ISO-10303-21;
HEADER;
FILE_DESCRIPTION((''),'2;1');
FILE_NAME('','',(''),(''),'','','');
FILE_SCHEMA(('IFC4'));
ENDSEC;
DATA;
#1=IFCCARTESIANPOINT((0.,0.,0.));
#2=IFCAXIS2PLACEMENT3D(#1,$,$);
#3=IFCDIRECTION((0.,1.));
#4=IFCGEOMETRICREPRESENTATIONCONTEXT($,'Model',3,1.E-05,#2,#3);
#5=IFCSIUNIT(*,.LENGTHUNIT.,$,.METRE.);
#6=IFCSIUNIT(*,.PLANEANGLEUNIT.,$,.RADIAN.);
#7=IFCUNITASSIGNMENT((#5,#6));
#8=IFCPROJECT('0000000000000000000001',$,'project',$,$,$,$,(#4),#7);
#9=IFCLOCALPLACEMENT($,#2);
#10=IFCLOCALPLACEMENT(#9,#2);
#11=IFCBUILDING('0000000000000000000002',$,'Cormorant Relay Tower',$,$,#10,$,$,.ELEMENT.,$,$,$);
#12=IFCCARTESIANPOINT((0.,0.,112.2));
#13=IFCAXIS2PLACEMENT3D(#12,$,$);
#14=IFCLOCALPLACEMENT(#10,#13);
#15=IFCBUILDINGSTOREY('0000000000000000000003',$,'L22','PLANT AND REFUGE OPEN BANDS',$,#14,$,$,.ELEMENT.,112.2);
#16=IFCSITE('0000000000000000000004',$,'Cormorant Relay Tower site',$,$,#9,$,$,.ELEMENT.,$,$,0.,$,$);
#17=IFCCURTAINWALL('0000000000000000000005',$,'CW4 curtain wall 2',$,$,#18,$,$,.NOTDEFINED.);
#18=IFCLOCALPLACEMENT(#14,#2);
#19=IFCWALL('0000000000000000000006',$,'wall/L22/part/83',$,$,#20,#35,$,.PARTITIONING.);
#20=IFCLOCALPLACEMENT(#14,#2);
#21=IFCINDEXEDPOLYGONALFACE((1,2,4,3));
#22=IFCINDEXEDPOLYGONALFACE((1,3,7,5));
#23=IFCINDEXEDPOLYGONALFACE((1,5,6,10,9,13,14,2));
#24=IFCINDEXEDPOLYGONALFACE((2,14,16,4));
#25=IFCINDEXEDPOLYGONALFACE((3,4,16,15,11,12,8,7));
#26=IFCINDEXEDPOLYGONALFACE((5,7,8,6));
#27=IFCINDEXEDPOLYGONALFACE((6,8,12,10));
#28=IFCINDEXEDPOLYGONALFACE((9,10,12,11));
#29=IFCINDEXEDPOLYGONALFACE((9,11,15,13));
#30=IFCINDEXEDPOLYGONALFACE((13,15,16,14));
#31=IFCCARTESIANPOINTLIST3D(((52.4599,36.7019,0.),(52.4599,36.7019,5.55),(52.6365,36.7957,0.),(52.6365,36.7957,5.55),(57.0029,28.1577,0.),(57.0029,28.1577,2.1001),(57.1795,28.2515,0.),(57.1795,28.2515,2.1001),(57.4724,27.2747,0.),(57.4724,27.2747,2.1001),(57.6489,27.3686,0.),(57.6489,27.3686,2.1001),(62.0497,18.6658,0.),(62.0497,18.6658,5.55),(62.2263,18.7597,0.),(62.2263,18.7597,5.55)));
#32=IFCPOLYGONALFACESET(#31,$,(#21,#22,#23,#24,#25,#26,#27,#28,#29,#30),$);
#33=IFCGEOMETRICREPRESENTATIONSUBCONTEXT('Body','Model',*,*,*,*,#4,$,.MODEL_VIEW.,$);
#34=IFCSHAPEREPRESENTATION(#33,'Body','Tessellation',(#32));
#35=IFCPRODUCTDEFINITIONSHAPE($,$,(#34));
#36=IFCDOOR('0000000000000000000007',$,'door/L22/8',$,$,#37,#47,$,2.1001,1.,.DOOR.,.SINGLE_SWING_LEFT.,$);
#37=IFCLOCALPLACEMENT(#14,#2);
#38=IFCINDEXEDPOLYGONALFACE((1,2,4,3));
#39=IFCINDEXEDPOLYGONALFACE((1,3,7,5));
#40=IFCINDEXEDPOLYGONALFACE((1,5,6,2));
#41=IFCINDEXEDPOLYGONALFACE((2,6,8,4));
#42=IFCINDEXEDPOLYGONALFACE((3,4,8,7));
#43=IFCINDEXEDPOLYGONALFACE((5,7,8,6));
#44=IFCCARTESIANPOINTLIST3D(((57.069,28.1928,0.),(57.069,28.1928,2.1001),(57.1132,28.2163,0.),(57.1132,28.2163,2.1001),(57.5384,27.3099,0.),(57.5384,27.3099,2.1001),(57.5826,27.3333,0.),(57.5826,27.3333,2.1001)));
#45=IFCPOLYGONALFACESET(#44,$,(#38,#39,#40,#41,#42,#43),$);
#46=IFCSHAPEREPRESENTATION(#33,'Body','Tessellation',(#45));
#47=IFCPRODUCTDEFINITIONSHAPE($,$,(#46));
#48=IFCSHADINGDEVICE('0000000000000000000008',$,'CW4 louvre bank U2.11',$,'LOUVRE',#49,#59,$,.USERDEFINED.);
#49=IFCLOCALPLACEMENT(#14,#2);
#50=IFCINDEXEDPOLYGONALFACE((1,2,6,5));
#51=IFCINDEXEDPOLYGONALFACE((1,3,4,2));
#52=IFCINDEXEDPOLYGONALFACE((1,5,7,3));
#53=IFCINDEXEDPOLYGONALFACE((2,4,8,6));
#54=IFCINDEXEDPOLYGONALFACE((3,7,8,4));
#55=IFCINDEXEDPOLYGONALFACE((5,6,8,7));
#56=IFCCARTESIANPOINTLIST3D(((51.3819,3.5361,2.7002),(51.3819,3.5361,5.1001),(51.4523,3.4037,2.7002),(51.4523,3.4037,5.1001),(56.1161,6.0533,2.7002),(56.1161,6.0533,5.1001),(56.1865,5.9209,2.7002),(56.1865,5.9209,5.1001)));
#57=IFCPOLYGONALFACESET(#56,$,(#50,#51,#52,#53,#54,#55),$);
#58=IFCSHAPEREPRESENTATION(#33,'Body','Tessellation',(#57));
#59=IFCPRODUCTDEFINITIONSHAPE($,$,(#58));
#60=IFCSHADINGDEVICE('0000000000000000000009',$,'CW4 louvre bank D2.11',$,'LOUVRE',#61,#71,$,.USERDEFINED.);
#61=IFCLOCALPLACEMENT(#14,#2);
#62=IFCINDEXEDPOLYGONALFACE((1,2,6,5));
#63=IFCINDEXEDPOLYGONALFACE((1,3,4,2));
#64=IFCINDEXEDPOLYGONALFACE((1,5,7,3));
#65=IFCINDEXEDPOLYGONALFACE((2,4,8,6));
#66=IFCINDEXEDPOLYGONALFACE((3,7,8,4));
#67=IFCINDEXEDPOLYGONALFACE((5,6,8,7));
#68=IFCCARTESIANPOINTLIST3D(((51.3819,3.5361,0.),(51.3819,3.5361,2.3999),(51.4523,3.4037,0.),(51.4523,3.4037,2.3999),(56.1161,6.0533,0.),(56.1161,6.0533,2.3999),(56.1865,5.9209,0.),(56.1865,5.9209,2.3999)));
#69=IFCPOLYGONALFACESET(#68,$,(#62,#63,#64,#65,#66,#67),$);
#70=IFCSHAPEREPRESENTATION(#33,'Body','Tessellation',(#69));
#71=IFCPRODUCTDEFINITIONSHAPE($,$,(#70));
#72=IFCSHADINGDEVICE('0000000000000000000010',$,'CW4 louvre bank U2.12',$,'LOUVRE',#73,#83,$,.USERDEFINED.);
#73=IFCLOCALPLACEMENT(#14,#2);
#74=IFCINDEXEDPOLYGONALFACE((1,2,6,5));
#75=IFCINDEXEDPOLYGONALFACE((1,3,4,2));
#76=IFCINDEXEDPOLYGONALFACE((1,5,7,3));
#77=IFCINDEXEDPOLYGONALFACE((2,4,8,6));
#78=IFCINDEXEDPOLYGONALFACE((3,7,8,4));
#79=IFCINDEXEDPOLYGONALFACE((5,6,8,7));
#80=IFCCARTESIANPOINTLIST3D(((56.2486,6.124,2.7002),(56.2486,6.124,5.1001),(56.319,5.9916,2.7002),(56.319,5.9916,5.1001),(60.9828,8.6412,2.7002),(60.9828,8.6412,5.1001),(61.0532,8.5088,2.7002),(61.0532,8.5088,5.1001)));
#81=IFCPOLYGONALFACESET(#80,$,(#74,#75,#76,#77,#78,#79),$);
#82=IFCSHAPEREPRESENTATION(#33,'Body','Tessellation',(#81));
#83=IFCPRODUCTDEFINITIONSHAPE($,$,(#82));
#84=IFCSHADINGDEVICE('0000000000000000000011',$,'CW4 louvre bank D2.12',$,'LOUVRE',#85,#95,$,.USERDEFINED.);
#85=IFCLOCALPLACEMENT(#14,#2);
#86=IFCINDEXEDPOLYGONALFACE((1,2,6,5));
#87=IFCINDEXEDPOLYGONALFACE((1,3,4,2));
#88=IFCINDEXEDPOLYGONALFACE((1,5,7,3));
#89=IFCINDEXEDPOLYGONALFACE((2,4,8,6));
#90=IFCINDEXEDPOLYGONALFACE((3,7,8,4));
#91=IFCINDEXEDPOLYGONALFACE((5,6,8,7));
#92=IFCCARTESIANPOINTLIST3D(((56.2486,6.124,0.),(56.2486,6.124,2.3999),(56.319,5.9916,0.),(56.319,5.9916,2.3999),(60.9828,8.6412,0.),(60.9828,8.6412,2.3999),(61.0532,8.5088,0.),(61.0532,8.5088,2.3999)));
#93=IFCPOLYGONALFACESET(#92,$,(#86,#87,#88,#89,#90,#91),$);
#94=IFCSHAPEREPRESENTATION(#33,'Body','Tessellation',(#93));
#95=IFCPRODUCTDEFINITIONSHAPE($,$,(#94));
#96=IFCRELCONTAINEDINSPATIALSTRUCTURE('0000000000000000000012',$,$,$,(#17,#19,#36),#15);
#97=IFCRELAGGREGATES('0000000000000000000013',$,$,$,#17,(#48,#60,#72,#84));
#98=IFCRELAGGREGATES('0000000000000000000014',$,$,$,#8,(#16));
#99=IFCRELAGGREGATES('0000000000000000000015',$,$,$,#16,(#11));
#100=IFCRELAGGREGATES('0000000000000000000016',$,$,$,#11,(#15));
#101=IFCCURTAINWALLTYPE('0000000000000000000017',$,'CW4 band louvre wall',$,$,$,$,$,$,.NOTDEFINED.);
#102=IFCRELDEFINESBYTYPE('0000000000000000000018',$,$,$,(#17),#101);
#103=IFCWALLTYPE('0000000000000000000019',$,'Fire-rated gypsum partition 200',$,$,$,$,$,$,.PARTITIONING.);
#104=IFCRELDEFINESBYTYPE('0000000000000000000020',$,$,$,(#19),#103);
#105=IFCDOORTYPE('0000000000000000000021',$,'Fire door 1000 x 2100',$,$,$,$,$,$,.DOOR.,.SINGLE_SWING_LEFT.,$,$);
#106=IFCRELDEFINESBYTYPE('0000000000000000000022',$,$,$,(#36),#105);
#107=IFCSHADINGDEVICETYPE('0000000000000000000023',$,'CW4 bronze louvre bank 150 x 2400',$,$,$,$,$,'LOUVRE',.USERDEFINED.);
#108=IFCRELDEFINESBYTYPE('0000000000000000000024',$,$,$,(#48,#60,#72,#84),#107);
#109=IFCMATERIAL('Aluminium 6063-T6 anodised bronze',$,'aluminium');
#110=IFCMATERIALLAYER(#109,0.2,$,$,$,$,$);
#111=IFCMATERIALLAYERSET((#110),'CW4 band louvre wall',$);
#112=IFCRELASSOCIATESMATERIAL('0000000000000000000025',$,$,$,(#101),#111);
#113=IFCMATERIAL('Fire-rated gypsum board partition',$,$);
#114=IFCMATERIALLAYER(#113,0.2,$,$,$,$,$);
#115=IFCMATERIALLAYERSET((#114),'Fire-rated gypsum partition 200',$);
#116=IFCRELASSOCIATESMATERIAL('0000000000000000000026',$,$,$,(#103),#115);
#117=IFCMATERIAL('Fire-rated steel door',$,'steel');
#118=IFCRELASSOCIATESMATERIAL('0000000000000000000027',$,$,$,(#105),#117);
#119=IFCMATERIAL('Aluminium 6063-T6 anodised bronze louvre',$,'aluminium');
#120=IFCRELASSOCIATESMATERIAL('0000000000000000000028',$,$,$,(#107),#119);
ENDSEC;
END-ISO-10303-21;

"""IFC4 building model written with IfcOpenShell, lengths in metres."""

from ifc_helpers import new_model, si_unit, direction, frame, frame_2d, origin, origin_2d, place, context, subcontext, project, spatial, rectangle, extrude, material, layer, layer_set, type_object, element, fill, aggregate, save


model = new_model("IFC4")

# Units and contexts
model_context = context("Model", 3, precision=1e-05, world=origin(), true_north=direction((0.0, 1.0)))
body_context = subcontext(model_context, "Body", "Model", "MODEL_VIEW")
ifc_project = project(units=[si_unit("LENGTHUNIT", "METRE"), si_unit("PLANEANGLEUNIT", "RADIAN")], contexts=[model_context])

# Site, building, storey
site_placement = place(None, origin())
site = spatial("IfcSite", under=ifc_project, at=site_placement, Name="Cormorant Relay Tower site", CompositionType="ELEMENT", RefElevation=0.0)
building_placement = place(site_placement, origin())
building = spatial("IfcBuilding", under=site, at=building_placement, Name="Cormorant Relay Tower", CompositionType="ELEMENT")
storey_placement = place(building_placement, frame((0.0, 0.0, 112.2)))
storey = spatial("IfcBuildingStorey", under=building, at=storey_placement, Name="L22", Description="PLANT AND REFUGE OPEN BANDS", CompositionType="ELEMENT", Elevation=112.2)

# Curtain wall
ifc_material_1 = material(Name="Aluminium 6063-T6 anodised bronze", Category="aluminium")
ifc_layer_1 = layer(ifc_material_1, 0.2)
ifc_layer_set_1 = layer_set([ifc_layer_1], Name="CW4 band louvre wall")
curtain_wall_type = type_object("IfcCurtainWallType", Name="CW4 band louvre wall", PredefinedType="NOTDEFINED", material=ifc_layer_set_1)
curtain_wall_placement = place(storey_placement, origin())
curtain_wall = element("IfcCurtainWall", 1, at=curtain_wall_placement, inside=storey, type_object=curtain_wall_type, Name="CW4 curtain wall 2", PredefinedType="NOTDEFINED")

# Shared definitions
ifc_material_2 = material(Name="Fire-rated gypsum board partition")
ifc_layer_2 = layer(ifc_material_2, 0.2)
ifc_layer_set_2 = layer_set([ifc_layer_2], Name="Fire-rated gypsum partition 200")
wall_type = type_object("IfcWallType", Name="Fire-rated gypsum partition 200", PredefinedType="PARTITIONING", material=ifc_layer_set_2)
ifc_material_3 = material(Name="Fire-rated steel door", Category="steel")
door_type = type_object("IfcDoorType", Name="Fire door 1000 x 2100", OperationType="SINGLE_SWING_LEFT", PredefinedType="DOOR", material=ifc_material_3)

# Wall, opening, door
wall_1_placement = place(storey_placement, frame((62.1379, 18.7129, 0.0), z_axis=(0.0, 0.0, 1.0), x_axis=(-0.469466, 0.88295, 0.0)))
wall_1 = element("IfcWall", 2, at=wall_1_placement, inside=storey, type_object=wall_type, Name="wall/L22/part/83", PredefinedType="PARTITIONING", context=body_context, shape_type="SweptSolid", body=[
    extrude(rectangle(XDim=20.427, YDim=0.2, at=frame_2d((10.2134, 0.0))), origin(), (0.0, 0.0, 1.0), 5.55),
])
opening_1_placement = place(wall_1_placement, frame((9.75, 0.0, 0.0)))
opening_1 = element("IfcOpeningElement", 3, at=opening_1_placement, cuts=wall_1, PredefinedType="OPENING", context=body_context, shape_type="SweptSolid", body=[
    extrude(rectangle(XDim=1.0, YDim=2.1001, at=frame_2d((0.5, 1.05))), frame((0.0, 0.1099, 0.0), z_axis=(0.0, -1.0, 0.0), x_axis=(1.0, 0.0, 0.0)), (0.0, 0.0, 1.0), 0.22),
])
door_1_placement = place(opening_1_placement, frame((1.0, 0.0, 0.0), z_axis=(0.0, 0.0, 1.0), x_axis=(-1.0, 0.0, 0.0)))
door_1 = element("IfcDoor", 4, at=door_1_placement, inside=storey, type_object=door_type, Name="door/L22/8", OperationType="SINGLE_SWING_LEFT", OverallHeight=2.1001, OverallWidth=1.0, PredefinedType="DOOR", context=body_context, shape_type="SweptSolid", body=[
    extrude(rectangle(XDim=1.0, YDim=2.1001, at=frame_2d((0.5, 1.05))), frame((0.0, 0.0249, 0.0), z_axis=(0.0, -1.0, 0.0), x_axis=(1.0, 0.0, 0.0)), (0.0, 0.0, 1.0), 0.05),
])
fill(opening_1, door_1)

# Shading devices
ifc_material_4 = material(Name="Aluminium 6063-T6 anodised bronze louvre", Category="aluminium")
shading_device_type = type_object("IfcShadingDeviceType", Name="CW4 bronze louvre bank 150 x 2400", ElementType="LOUVRE", PredefinedType="USERDEFINED", material=ifc_material_4)
shading_device_1_placement = place(storey_placement, frame((53.7842, 4.7285, 2.7002), z_axis=(0.0, 0.0, 1.0), x_axis=(0.882948, 0.469472, 0.0)))
shading_device_1 = element("IfcShadingDevice", 5, at=shading_device_1_placement, type_object=shading_device_type, Name="CW4 louvre bank U2.11", ObjectType="LOUVRE", PredefinedType="USERDEFINED", context=body_context, shape_type="SweptSolid", body=[
    extrude(rectangle(XDim=5.3618, YDim=0.1499, at=origin_2d()), origin(), (0.0, 0.0, 1.0), 2.3999),
])
shading_device_2_placement = place(storey_placement, frame((53.7842, 4.7285, 0.0), z_axis=(0.0, 0.0, 1.0), x_axis=(0.882948, 0.469472, 0.0)))
shading_device_2 = element("IfcShadingDevice", 6, at=shading_device_2_placement, type_object=shading_device_type, Name="CW4 louvre bank D2.11", ObjectType="LOUVRE", PredefinedType="USERDEFINED", context=body_context, shape_type="SweptSolid", body=[
    extrude(rectangle(XDim=5.3618, YDim=0.1499, at=origin_2d()), origin(), (0.0, 0.0, 1.0), 2.3999),
])
shading_device_3_placement = place(storey_placement, frame((58.6509, 7.3164, 2.7002), z_axis=(0.0, 0.0, 1.0), x_axis=(0.882948, 0.469472, 0.0)))
shading_device_3 = element("IfcShadingDevice", 7, at=shading_device_3_placement, type_object=shading_device_type, Name="CW4 louvre bank U2.12", ObjectType="LOUVRE", PredefinedType="USERDEFINED", context=body_context, shape_type="SweptSolid", body=[
    extrude(rectangle(XDim=5.3618, YDim=0.1499, at=origin_2d()), origin(), (0.0, 0.0, 1.0), 2.3999),
])
shading_device_4_placement = place(storey_placement, frame((58.6509, 7.3164, 0.0), z_axis=(0.0, 0.0, 1.0), x_axis=(0.882948, 0.469472, 0.0)))
shading_device_4 = element("IfcShadingDevice", 8, at=shading_device_4_placement, type_object=shading_device_type, Name="CW4 louvre bank D2.12", ObjectType="LOUVRE", PredefinedType="USERDEFINED", context=body_context, shape_type="SweptSolid", body=[
    extrude(rectangle(XDim=5.3618, YDim=0.1499, at=origin_2d()), origin(), (0.0, 0.0, 1.0), 2.3999),
])
aggregate(curtain_wall, [shading_device_1, shading_device_2, shading_device_3, shading_device_4])

save(model, "model.ifc")
